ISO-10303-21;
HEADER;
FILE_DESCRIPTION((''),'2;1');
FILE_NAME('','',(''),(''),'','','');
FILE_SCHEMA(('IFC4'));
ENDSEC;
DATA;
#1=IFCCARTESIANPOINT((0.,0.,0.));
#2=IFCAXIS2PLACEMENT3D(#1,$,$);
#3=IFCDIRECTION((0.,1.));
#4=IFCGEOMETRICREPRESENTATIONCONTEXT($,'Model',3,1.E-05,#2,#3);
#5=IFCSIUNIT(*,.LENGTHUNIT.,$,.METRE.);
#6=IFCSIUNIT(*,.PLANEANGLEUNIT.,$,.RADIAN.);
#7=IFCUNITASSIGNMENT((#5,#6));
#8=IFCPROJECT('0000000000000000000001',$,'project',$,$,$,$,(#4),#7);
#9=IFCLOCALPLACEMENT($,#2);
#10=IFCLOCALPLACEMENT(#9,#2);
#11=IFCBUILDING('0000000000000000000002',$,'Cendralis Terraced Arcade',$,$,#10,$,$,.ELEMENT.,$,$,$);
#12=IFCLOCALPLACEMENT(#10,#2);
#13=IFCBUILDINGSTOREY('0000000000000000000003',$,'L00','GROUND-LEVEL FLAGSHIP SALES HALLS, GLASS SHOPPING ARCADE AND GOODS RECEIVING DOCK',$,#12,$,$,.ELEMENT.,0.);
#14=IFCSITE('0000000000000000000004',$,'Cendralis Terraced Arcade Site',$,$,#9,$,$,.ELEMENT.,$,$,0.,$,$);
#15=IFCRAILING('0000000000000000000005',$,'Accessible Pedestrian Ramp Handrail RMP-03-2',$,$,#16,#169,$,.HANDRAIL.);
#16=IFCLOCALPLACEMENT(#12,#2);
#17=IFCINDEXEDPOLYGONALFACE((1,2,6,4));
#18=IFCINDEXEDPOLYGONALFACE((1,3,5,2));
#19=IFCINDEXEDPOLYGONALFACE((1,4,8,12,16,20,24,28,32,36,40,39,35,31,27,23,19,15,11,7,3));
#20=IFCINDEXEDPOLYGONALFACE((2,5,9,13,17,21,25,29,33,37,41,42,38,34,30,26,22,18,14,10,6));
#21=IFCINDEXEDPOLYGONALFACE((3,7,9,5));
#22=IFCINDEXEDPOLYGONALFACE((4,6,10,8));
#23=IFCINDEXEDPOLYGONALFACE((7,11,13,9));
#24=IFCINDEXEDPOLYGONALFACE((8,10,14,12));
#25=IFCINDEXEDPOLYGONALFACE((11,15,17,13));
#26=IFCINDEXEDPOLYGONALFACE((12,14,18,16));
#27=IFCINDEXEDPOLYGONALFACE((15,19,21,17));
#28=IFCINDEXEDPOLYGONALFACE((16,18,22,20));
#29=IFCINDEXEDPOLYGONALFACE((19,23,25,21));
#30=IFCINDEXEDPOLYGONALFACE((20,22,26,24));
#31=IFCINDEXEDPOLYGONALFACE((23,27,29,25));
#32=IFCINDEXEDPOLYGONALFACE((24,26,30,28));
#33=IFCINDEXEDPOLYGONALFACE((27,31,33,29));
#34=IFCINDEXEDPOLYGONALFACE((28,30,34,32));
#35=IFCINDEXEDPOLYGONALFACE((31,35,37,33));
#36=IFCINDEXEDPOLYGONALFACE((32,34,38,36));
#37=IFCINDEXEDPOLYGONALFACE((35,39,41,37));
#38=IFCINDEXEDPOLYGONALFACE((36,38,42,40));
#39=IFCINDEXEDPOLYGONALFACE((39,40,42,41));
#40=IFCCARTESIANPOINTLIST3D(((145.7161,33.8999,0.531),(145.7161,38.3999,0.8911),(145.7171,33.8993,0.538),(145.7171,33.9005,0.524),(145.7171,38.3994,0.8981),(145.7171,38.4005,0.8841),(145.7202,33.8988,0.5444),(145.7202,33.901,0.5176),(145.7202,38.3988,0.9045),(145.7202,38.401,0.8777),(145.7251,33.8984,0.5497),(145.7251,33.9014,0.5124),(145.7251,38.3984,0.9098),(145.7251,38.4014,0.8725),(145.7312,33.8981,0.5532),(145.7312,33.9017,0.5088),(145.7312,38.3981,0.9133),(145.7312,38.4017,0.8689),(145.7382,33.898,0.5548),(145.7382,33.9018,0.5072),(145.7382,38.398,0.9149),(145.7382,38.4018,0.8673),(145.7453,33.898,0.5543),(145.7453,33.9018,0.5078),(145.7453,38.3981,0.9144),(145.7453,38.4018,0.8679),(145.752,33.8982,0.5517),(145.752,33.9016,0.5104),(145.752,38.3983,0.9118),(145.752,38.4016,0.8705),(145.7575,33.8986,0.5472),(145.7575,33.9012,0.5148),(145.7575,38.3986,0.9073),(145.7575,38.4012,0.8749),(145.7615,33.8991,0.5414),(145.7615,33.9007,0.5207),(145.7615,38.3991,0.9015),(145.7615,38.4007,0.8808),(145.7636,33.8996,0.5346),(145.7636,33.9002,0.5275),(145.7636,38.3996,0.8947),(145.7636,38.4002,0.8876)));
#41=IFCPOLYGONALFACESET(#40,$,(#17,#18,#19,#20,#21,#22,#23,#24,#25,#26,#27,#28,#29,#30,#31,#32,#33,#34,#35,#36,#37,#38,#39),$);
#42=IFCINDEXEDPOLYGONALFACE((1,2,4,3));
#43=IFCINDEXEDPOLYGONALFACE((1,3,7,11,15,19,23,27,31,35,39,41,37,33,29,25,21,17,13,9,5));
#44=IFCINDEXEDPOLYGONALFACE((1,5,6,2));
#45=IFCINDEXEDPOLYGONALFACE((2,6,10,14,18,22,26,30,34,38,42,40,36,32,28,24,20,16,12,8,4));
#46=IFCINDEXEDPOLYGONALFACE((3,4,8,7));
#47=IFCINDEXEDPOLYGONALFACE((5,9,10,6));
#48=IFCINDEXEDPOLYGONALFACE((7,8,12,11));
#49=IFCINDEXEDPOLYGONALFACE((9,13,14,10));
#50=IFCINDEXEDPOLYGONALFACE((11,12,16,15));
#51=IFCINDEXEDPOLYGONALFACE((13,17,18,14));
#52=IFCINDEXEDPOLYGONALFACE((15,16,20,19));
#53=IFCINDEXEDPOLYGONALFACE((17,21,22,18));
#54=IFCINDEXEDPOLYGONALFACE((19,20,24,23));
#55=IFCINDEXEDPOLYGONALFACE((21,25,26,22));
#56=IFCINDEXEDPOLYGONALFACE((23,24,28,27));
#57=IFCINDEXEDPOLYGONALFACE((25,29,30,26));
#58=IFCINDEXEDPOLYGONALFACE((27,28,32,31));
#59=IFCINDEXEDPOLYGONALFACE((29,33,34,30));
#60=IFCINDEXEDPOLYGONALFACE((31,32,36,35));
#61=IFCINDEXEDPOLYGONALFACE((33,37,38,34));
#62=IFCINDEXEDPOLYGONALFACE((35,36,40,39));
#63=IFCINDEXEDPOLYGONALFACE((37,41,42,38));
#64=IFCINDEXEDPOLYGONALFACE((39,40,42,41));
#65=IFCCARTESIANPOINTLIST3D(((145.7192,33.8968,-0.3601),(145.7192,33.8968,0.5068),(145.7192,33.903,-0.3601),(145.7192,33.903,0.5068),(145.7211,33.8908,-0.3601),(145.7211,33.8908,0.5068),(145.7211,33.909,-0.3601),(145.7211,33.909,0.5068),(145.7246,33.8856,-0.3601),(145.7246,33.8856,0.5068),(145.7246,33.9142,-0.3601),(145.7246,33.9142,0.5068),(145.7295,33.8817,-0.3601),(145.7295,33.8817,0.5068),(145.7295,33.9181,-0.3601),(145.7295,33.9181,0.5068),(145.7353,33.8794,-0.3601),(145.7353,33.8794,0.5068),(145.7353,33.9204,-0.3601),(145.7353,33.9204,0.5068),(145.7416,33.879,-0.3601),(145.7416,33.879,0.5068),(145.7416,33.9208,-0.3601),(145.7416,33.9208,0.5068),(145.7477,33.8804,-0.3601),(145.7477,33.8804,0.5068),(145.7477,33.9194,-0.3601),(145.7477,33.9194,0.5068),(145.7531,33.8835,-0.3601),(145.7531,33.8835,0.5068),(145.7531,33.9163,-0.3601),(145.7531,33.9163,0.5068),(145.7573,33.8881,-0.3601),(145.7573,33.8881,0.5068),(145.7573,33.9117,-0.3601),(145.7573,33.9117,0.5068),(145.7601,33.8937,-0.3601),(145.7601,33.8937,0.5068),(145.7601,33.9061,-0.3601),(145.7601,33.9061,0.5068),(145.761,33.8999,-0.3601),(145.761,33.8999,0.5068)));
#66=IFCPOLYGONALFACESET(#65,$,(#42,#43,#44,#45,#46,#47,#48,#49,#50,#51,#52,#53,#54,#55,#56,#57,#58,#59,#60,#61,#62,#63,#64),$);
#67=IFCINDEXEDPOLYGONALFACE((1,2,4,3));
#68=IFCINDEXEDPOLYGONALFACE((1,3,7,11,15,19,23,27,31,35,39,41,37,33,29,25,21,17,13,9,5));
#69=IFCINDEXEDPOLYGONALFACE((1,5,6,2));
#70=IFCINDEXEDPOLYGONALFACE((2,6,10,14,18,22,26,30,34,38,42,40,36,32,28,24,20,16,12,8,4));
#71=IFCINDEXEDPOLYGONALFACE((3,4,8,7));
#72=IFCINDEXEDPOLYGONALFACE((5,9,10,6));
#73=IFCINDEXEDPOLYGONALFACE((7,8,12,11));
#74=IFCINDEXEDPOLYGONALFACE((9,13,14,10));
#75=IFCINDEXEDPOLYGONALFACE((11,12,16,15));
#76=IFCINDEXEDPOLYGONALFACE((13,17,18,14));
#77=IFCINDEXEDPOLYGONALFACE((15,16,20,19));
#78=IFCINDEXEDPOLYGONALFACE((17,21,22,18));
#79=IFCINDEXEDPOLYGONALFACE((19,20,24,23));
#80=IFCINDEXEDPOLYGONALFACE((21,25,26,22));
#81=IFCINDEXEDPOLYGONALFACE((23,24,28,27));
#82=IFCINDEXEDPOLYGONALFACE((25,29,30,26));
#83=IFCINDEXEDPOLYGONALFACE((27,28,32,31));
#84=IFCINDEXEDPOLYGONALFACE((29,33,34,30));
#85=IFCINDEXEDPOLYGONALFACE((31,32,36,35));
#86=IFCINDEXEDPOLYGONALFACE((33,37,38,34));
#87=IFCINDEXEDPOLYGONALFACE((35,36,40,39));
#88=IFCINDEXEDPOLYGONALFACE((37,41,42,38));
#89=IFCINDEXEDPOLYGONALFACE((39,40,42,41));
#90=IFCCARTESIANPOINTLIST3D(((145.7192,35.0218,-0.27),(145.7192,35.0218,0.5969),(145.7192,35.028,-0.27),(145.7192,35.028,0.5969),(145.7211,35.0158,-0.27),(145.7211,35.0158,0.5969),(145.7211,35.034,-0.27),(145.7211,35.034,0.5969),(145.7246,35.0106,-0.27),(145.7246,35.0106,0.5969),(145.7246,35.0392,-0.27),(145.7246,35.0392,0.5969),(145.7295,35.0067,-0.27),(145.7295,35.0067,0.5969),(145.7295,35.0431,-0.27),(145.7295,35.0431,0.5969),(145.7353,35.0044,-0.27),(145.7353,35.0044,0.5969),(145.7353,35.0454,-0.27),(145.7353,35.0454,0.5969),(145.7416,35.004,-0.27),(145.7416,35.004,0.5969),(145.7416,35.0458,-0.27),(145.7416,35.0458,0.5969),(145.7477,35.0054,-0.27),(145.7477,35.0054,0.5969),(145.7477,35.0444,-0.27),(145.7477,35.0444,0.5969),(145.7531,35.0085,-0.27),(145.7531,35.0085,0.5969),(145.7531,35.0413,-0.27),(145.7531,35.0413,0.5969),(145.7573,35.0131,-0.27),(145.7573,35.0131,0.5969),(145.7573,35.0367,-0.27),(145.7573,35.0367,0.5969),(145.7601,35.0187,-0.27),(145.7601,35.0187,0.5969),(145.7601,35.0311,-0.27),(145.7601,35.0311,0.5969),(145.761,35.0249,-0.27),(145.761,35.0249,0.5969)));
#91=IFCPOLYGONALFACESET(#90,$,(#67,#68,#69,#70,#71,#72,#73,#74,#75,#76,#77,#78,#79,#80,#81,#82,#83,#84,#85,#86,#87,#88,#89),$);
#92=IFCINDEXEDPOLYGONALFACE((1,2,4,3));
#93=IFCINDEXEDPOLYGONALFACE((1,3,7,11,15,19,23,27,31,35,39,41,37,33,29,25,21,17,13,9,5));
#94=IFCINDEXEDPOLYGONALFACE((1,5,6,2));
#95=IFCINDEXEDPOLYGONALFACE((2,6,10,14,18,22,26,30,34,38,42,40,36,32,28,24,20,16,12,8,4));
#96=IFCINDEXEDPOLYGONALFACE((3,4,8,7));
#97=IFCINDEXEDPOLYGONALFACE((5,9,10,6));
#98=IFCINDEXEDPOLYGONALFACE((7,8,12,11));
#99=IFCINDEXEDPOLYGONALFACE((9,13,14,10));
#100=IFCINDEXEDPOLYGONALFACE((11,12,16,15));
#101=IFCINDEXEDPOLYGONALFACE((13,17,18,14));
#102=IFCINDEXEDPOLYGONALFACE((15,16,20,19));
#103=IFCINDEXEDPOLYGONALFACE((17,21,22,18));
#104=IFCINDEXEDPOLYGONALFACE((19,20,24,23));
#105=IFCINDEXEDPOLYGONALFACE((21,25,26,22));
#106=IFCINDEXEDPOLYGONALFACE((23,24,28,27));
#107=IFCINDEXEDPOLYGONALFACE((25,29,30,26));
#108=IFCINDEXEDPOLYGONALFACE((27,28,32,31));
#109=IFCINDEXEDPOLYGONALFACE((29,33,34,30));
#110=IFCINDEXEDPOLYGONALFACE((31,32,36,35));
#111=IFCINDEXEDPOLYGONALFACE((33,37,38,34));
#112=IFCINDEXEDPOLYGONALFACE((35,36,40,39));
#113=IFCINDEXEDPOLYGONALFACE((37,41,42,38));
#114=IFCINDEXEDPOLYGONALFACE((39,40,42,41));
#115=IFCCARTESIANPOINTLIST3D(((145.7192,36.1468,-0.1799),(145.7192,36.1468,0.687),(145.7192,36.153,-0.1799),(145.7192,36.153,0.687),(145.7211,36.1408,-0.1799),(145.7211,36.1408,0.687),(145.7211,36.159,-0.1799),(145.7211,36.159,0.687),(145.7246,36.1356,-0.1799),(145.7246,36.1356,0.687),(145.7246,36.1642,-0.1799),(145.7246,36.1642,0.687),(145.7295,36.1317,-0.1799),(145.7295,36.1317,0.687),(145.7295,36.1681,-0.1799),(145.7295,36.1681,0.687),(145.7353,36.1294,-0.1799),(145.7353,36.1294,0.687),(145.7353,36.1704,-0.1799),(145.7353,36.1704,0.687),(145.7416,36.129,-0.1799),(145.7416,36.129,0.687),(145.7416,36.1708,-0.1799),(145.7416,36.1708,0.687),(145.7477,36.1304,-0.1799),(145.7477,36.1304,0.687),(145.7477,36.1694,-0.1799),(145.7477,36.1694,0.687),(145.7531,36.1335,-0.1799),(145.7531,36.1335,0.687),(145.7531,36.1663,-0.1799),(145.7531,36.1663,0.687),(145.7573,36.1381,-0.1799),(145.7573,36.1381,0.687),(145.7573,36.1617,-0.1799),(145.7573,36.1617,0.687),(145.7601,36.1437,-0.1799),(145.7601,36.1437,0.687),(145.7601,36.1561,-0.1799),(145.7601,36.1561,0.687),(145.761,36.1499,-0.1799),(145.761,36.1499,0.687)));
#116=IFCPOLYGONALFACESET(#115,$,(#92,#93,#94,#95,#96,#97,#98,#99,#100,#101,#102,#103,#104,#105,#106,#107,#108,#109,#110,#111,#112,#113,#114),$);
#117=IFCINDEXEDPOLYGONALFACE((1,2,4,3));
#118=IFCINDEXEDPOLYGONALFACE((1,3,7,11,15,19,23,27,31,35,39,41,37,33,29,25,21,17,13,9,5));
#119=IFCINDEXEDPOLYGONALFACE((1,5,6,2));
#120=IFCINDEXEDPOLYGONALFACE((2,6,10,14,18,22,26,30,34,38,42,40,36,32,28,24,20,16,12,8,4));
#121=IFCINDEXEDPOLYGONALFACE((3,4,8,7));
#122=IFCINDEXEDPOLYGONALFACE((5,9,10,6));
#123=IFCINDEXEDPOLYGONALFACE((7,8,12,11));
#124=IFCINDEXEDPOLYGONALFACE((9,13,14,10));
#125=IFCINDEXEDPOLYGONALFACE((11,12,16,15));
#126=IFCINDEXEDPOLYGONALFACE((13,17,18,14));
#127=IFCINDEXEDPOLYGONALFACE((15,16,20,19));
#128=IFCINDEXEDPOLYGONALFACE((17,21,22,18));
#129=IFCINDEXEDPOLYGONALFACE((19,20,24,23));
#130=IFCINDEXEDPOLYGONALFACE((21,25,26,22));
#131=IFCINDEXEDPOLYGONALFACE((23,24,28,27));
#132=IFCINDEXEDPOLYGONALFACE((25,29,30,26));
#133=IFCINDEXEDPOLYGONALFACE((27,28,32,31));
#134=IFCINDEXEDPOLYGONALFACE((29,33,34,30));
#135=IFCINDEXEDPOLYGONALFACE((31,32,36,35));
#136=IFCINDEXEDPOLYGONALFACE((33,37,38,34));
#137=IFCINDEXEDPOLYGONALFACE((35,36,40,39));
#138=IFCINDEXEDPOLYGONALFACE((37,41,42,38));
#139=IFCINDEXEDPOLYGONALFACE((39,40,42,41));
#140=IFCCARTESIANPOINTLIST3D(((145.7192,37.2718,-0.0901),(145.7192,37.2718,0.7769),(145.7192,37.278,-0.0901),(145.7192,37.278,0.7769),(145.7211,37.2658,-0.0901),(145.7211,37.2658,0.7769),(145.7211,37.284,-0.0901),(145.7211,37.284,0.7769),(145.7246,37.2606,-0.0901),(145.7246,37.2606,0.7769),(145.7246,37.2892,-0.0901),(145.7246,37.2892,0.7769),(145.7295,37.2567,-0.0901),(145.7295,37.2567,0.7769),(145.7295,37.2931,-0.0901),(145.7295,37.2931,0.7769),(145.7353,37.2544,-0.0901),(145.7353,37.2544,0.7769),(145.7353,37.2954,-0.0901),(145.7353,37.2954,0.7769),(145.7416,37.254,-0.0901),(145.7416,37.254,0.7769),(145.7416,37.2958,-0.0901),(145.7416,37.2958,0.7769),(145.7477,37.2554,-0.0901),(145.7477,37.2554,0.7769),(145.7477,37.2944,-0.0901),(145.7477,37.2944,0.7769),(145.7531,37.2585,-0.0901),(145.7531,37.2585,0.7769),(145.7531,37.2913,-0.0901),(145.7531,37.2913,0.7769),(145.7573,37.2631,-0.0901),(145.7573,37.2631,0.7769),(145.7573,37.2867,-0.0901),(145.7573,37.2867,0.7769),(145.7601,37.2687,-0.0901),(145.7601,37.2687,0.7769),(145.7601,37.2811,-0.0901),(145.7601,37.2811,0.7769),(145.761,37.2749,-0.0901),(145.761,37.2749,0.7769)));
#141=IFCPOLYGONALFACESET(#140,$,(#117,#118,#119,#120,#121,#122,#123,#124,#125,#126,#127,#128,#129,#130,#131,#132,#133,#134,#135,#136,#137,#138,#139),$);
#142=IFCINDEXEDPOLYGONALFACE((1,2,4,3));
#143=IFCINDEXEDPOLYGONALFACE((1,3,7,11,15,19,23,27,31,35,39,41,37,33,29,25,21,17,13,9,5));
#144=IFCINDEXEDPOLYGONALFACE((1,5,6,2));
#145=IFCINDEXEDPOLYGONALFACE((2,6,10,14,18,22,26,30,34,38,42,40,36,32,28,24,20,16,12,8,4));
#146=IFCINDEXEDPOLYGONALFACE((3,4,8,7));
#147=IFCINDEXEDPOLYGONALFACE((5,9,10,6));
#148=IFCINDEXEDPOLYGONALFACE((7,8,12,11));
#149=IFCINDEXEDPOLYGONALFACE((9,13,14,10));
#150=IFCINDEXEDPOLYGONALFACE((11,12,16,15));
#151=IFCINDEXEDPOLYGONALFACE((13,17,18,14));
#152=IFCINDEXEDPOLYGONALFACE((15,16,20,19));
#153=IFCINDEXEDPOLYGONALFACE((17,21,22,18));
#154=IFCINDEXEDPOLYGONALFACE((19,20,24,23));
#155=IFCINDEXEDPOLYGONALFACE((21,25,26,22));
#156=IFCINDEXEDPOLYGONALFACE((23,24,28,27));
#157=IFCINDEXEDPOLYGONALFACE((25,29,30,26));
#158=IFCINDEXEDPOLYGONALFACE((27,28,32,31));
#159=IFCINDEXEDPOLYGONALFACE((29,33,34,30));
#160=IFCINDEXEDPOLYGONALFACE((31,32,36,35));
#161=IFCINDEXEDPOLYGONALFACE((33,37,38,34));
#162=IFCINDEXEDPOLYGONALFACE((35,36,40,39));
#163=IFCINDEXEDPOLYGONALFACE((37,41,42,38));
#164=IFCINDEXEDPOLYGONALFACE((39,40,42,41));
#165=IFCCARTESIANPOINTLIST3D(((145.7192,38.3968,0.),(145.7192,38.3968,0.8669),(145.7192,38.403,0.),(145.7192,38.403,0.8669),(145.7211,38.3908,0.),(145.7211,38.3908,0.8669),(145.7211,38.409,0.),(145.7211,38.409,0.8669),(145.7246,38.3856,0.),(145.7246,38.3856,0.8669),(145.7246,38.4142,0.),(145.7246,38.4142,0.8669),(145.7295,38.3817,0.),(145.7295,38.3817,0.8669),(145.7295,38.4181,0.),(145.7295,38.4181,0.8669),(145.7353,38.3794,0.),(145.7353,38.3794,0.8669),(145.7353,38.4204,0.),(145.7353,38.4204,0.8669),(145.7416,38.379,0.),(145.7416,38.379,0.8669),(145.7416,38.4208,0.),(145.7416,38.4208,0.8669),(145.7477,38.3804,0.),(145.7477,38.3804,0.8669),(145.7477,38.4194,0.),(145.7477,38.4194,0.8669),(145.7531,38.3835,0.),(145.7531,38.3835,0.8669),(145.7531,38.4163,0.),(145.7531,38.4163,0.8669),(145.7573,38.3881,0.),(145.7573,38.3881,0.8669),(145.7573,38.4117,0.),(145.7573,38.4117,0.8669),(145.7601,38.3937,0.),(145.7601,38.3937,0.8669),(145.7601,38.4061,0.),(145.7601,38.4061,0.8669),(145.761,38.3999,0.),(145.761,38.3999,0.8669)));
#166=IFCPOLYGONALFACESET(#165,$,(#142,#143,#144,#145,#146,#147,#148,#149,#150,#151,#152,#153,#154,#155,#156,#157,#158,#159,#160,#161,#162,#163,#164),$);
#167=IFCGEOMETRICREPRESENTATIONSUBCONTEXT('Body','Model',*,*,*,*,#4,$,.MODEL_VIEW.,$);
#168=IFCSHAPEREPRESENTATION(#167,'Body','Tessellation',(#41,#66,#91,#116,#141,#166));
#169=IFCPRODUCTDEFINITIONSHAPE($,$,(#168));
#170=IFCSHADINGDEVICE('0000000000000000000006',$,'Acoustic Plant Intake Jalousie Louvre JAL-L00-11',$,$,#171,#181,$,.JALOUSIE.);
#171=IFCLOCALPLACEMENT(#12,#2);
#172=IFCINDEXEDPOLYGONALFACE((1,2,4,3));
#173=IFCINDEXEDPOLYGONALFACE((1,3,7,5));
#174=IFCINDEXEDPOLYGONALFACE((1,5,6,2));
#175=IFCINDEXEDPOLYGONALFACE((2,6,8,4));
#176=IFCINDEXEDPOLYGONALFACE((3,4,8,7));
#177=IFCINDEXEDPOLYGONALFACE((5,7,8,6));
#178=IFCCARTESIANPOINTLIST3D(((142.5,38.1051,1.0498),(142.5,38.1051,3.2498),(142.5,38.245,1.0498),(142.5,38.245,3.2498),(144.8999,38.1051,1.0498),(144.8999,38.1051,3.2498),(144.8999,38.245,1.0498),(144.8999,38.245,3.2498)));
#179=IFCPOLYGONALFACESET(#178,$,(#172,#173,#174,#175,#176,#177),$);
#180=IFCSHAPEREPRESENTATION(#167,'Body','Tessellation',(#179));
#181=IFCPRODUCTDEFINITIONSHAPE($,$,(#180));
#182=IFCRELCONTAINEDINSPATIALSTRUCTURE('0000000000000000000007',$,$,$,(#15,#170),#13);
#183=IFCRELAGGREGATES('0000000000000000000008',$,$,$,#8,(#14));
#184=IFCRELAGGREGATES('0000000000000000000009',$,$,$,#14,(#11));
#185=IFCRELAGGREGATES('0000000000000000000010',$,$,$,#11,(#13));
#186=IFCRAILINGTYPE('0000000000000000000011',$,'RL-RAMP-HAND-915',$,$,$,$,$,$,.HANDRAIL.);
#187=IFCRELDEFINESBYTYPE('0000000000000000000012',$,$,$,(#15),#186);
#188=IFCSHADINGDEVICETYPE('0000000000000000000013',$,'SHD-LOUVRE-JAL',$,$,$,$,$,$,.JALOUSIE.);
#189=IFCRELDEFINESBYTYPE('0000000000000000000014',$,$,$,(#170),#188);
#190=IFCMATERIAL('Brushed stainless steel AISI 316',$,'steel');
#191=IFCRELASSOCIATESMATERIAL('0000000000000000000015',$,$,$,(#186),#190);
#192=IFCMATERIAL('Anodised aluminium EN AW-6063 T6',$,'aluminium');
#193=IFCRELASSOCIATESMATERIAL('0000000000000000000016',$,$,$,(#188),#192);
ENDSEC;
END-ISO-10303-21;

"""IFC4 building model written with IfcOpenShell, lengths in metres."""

from ifc_helpers import new_model, si_unit, direction, frame, origin, origin_2d, place, context, subcontext, project, spatial, rectangle, circle, extrude, material, type_object, element, save


model = new_model("IFC4")

# Units and contexts
model_context = context("Model", 3, precision=1e-05, world=origin(), true_north=direction((0.0, 1.0)))
body_context = subcontext(model_context, "Body", "Model", "MODEL_VIEW")
ifc_project = project(units=[si_unit("LENGTHUNIT", "METRE"), si_unit("PLANEANGLEUNIT", "RADIAN")], contexts=[model_context])

# Site, building, storey
site_placement = place(None, origin())
site = spatial("IfcSite", under=ifc_project, at=site_placement, Name="Cendralis Terraced Arcade Site", CompositionType="ELEMENT", RefElevation=0.0)
building_placement = place(site_placement, origin())
building = spatial("IfcBuilding", under=site, at=building_placement, Name="Cendralis Terraced Arcade", CompositionType="ELEMENT")
storey_placement = place(building_placement, origin())
storey = spatial("IfcBuildingStorey", under=building, at=storey_placement, Name="L00", Description="GROUND-LEVEL FLAGSHIP SALES HALLS, GLASS SHOPPING ARCADE AND GOODS RECEIVING DOCK", CompositionType="ELEMENT", Elevation=0.0)

# Railing
ifc_material_1 = material(Name="Brushed stainless steel AISI 316", Category="steel")
railing_type = type_object("IfcRailingType", Name="RL-RAMP-HAND-915", PredefinedType="HANDRAIL", material=ifc_material_1)
for number, where, name in (
    (1, (145.74, 33.8999, -0.3601), "Accessible Pedestrian Ramp Handrail RMP-03-2"),
):
    element("IfcRailing", number, at=place(storey_placement, frame(where)), inside=storey, type_object=railing_type, Name=name, PredefinedType="HANDRAIL", context=body_context, shape_type="SweptSolid", body=[
        extrude(circle(Radius=0.0239, at=origin_2d()), frame((0.0, 0.0, 0.8911), z_axis=(0.0, 0.996813, 0.079769), x_axis=(-1.0, 0.0, 0.0)), (0.0, 0.0, 1.0), 4.5144),
        extrude(circle(Radius=0.021, at=origin_2d()), origin(), (0.0, 0.0, 1.0), 0.8669),
        extrude(circle(Radius=0.021, at=origin_2d()), frame((0.0, 1.125, 0.0901)), (0.0, 0.0, 1.0), 0.8669),
        extrude(circle(Radius=0.021, at=origin_2d()), frame((0.0, 2.25, 0.1802)), (0.0, 0.0, 1.0), 0.8669),
        extrude(circle(Radius=0.021, at=origin_2d()), frame((0.0, 3.375, 0.27)), (0.0, 0.0, 1.0), 0.8669),
        extrude(circle(Radius=0.021, at=origin_2d()), frame((0.0, 4.5, 0.3601)), (0.0, 0.0, 1.0), 0.8669),
    ])

# Shading device
ifc_material_2 = material(Name="Anodised aluminium EN AW-6063 T6", Category="aluminium")
shading_device_type = type_object("IfcShadingDeviceType", Name="SHD-LOUVRE-JAL", PredefinedType="JALOUSIE", material=ifc_material_2)
shading_device_placement = place(storey_placement, frame((143.7, 38.175, 1.0498), z_axis=(0.0, 0.0, 1.0), x_axis=(-1.0, 0.0, 0.0)))
element("IfcShadingDevice", 2, at=shading_device_placement, inside=storey, type_object=shading_device_type, Name="Acoustic Plant Intake Jalousie Louvre JAL-L00-11", PredefinedType="JALOUSIE", context=body_context, shape_type="SweptSolid", body=[
    extrude(rectangle(XDim=2.3999, YDim=0.1399, at=origin_2d()), origin(), (0.0, 0.0, 1.0), 2.2),
])

save(model, "model.ifc")
